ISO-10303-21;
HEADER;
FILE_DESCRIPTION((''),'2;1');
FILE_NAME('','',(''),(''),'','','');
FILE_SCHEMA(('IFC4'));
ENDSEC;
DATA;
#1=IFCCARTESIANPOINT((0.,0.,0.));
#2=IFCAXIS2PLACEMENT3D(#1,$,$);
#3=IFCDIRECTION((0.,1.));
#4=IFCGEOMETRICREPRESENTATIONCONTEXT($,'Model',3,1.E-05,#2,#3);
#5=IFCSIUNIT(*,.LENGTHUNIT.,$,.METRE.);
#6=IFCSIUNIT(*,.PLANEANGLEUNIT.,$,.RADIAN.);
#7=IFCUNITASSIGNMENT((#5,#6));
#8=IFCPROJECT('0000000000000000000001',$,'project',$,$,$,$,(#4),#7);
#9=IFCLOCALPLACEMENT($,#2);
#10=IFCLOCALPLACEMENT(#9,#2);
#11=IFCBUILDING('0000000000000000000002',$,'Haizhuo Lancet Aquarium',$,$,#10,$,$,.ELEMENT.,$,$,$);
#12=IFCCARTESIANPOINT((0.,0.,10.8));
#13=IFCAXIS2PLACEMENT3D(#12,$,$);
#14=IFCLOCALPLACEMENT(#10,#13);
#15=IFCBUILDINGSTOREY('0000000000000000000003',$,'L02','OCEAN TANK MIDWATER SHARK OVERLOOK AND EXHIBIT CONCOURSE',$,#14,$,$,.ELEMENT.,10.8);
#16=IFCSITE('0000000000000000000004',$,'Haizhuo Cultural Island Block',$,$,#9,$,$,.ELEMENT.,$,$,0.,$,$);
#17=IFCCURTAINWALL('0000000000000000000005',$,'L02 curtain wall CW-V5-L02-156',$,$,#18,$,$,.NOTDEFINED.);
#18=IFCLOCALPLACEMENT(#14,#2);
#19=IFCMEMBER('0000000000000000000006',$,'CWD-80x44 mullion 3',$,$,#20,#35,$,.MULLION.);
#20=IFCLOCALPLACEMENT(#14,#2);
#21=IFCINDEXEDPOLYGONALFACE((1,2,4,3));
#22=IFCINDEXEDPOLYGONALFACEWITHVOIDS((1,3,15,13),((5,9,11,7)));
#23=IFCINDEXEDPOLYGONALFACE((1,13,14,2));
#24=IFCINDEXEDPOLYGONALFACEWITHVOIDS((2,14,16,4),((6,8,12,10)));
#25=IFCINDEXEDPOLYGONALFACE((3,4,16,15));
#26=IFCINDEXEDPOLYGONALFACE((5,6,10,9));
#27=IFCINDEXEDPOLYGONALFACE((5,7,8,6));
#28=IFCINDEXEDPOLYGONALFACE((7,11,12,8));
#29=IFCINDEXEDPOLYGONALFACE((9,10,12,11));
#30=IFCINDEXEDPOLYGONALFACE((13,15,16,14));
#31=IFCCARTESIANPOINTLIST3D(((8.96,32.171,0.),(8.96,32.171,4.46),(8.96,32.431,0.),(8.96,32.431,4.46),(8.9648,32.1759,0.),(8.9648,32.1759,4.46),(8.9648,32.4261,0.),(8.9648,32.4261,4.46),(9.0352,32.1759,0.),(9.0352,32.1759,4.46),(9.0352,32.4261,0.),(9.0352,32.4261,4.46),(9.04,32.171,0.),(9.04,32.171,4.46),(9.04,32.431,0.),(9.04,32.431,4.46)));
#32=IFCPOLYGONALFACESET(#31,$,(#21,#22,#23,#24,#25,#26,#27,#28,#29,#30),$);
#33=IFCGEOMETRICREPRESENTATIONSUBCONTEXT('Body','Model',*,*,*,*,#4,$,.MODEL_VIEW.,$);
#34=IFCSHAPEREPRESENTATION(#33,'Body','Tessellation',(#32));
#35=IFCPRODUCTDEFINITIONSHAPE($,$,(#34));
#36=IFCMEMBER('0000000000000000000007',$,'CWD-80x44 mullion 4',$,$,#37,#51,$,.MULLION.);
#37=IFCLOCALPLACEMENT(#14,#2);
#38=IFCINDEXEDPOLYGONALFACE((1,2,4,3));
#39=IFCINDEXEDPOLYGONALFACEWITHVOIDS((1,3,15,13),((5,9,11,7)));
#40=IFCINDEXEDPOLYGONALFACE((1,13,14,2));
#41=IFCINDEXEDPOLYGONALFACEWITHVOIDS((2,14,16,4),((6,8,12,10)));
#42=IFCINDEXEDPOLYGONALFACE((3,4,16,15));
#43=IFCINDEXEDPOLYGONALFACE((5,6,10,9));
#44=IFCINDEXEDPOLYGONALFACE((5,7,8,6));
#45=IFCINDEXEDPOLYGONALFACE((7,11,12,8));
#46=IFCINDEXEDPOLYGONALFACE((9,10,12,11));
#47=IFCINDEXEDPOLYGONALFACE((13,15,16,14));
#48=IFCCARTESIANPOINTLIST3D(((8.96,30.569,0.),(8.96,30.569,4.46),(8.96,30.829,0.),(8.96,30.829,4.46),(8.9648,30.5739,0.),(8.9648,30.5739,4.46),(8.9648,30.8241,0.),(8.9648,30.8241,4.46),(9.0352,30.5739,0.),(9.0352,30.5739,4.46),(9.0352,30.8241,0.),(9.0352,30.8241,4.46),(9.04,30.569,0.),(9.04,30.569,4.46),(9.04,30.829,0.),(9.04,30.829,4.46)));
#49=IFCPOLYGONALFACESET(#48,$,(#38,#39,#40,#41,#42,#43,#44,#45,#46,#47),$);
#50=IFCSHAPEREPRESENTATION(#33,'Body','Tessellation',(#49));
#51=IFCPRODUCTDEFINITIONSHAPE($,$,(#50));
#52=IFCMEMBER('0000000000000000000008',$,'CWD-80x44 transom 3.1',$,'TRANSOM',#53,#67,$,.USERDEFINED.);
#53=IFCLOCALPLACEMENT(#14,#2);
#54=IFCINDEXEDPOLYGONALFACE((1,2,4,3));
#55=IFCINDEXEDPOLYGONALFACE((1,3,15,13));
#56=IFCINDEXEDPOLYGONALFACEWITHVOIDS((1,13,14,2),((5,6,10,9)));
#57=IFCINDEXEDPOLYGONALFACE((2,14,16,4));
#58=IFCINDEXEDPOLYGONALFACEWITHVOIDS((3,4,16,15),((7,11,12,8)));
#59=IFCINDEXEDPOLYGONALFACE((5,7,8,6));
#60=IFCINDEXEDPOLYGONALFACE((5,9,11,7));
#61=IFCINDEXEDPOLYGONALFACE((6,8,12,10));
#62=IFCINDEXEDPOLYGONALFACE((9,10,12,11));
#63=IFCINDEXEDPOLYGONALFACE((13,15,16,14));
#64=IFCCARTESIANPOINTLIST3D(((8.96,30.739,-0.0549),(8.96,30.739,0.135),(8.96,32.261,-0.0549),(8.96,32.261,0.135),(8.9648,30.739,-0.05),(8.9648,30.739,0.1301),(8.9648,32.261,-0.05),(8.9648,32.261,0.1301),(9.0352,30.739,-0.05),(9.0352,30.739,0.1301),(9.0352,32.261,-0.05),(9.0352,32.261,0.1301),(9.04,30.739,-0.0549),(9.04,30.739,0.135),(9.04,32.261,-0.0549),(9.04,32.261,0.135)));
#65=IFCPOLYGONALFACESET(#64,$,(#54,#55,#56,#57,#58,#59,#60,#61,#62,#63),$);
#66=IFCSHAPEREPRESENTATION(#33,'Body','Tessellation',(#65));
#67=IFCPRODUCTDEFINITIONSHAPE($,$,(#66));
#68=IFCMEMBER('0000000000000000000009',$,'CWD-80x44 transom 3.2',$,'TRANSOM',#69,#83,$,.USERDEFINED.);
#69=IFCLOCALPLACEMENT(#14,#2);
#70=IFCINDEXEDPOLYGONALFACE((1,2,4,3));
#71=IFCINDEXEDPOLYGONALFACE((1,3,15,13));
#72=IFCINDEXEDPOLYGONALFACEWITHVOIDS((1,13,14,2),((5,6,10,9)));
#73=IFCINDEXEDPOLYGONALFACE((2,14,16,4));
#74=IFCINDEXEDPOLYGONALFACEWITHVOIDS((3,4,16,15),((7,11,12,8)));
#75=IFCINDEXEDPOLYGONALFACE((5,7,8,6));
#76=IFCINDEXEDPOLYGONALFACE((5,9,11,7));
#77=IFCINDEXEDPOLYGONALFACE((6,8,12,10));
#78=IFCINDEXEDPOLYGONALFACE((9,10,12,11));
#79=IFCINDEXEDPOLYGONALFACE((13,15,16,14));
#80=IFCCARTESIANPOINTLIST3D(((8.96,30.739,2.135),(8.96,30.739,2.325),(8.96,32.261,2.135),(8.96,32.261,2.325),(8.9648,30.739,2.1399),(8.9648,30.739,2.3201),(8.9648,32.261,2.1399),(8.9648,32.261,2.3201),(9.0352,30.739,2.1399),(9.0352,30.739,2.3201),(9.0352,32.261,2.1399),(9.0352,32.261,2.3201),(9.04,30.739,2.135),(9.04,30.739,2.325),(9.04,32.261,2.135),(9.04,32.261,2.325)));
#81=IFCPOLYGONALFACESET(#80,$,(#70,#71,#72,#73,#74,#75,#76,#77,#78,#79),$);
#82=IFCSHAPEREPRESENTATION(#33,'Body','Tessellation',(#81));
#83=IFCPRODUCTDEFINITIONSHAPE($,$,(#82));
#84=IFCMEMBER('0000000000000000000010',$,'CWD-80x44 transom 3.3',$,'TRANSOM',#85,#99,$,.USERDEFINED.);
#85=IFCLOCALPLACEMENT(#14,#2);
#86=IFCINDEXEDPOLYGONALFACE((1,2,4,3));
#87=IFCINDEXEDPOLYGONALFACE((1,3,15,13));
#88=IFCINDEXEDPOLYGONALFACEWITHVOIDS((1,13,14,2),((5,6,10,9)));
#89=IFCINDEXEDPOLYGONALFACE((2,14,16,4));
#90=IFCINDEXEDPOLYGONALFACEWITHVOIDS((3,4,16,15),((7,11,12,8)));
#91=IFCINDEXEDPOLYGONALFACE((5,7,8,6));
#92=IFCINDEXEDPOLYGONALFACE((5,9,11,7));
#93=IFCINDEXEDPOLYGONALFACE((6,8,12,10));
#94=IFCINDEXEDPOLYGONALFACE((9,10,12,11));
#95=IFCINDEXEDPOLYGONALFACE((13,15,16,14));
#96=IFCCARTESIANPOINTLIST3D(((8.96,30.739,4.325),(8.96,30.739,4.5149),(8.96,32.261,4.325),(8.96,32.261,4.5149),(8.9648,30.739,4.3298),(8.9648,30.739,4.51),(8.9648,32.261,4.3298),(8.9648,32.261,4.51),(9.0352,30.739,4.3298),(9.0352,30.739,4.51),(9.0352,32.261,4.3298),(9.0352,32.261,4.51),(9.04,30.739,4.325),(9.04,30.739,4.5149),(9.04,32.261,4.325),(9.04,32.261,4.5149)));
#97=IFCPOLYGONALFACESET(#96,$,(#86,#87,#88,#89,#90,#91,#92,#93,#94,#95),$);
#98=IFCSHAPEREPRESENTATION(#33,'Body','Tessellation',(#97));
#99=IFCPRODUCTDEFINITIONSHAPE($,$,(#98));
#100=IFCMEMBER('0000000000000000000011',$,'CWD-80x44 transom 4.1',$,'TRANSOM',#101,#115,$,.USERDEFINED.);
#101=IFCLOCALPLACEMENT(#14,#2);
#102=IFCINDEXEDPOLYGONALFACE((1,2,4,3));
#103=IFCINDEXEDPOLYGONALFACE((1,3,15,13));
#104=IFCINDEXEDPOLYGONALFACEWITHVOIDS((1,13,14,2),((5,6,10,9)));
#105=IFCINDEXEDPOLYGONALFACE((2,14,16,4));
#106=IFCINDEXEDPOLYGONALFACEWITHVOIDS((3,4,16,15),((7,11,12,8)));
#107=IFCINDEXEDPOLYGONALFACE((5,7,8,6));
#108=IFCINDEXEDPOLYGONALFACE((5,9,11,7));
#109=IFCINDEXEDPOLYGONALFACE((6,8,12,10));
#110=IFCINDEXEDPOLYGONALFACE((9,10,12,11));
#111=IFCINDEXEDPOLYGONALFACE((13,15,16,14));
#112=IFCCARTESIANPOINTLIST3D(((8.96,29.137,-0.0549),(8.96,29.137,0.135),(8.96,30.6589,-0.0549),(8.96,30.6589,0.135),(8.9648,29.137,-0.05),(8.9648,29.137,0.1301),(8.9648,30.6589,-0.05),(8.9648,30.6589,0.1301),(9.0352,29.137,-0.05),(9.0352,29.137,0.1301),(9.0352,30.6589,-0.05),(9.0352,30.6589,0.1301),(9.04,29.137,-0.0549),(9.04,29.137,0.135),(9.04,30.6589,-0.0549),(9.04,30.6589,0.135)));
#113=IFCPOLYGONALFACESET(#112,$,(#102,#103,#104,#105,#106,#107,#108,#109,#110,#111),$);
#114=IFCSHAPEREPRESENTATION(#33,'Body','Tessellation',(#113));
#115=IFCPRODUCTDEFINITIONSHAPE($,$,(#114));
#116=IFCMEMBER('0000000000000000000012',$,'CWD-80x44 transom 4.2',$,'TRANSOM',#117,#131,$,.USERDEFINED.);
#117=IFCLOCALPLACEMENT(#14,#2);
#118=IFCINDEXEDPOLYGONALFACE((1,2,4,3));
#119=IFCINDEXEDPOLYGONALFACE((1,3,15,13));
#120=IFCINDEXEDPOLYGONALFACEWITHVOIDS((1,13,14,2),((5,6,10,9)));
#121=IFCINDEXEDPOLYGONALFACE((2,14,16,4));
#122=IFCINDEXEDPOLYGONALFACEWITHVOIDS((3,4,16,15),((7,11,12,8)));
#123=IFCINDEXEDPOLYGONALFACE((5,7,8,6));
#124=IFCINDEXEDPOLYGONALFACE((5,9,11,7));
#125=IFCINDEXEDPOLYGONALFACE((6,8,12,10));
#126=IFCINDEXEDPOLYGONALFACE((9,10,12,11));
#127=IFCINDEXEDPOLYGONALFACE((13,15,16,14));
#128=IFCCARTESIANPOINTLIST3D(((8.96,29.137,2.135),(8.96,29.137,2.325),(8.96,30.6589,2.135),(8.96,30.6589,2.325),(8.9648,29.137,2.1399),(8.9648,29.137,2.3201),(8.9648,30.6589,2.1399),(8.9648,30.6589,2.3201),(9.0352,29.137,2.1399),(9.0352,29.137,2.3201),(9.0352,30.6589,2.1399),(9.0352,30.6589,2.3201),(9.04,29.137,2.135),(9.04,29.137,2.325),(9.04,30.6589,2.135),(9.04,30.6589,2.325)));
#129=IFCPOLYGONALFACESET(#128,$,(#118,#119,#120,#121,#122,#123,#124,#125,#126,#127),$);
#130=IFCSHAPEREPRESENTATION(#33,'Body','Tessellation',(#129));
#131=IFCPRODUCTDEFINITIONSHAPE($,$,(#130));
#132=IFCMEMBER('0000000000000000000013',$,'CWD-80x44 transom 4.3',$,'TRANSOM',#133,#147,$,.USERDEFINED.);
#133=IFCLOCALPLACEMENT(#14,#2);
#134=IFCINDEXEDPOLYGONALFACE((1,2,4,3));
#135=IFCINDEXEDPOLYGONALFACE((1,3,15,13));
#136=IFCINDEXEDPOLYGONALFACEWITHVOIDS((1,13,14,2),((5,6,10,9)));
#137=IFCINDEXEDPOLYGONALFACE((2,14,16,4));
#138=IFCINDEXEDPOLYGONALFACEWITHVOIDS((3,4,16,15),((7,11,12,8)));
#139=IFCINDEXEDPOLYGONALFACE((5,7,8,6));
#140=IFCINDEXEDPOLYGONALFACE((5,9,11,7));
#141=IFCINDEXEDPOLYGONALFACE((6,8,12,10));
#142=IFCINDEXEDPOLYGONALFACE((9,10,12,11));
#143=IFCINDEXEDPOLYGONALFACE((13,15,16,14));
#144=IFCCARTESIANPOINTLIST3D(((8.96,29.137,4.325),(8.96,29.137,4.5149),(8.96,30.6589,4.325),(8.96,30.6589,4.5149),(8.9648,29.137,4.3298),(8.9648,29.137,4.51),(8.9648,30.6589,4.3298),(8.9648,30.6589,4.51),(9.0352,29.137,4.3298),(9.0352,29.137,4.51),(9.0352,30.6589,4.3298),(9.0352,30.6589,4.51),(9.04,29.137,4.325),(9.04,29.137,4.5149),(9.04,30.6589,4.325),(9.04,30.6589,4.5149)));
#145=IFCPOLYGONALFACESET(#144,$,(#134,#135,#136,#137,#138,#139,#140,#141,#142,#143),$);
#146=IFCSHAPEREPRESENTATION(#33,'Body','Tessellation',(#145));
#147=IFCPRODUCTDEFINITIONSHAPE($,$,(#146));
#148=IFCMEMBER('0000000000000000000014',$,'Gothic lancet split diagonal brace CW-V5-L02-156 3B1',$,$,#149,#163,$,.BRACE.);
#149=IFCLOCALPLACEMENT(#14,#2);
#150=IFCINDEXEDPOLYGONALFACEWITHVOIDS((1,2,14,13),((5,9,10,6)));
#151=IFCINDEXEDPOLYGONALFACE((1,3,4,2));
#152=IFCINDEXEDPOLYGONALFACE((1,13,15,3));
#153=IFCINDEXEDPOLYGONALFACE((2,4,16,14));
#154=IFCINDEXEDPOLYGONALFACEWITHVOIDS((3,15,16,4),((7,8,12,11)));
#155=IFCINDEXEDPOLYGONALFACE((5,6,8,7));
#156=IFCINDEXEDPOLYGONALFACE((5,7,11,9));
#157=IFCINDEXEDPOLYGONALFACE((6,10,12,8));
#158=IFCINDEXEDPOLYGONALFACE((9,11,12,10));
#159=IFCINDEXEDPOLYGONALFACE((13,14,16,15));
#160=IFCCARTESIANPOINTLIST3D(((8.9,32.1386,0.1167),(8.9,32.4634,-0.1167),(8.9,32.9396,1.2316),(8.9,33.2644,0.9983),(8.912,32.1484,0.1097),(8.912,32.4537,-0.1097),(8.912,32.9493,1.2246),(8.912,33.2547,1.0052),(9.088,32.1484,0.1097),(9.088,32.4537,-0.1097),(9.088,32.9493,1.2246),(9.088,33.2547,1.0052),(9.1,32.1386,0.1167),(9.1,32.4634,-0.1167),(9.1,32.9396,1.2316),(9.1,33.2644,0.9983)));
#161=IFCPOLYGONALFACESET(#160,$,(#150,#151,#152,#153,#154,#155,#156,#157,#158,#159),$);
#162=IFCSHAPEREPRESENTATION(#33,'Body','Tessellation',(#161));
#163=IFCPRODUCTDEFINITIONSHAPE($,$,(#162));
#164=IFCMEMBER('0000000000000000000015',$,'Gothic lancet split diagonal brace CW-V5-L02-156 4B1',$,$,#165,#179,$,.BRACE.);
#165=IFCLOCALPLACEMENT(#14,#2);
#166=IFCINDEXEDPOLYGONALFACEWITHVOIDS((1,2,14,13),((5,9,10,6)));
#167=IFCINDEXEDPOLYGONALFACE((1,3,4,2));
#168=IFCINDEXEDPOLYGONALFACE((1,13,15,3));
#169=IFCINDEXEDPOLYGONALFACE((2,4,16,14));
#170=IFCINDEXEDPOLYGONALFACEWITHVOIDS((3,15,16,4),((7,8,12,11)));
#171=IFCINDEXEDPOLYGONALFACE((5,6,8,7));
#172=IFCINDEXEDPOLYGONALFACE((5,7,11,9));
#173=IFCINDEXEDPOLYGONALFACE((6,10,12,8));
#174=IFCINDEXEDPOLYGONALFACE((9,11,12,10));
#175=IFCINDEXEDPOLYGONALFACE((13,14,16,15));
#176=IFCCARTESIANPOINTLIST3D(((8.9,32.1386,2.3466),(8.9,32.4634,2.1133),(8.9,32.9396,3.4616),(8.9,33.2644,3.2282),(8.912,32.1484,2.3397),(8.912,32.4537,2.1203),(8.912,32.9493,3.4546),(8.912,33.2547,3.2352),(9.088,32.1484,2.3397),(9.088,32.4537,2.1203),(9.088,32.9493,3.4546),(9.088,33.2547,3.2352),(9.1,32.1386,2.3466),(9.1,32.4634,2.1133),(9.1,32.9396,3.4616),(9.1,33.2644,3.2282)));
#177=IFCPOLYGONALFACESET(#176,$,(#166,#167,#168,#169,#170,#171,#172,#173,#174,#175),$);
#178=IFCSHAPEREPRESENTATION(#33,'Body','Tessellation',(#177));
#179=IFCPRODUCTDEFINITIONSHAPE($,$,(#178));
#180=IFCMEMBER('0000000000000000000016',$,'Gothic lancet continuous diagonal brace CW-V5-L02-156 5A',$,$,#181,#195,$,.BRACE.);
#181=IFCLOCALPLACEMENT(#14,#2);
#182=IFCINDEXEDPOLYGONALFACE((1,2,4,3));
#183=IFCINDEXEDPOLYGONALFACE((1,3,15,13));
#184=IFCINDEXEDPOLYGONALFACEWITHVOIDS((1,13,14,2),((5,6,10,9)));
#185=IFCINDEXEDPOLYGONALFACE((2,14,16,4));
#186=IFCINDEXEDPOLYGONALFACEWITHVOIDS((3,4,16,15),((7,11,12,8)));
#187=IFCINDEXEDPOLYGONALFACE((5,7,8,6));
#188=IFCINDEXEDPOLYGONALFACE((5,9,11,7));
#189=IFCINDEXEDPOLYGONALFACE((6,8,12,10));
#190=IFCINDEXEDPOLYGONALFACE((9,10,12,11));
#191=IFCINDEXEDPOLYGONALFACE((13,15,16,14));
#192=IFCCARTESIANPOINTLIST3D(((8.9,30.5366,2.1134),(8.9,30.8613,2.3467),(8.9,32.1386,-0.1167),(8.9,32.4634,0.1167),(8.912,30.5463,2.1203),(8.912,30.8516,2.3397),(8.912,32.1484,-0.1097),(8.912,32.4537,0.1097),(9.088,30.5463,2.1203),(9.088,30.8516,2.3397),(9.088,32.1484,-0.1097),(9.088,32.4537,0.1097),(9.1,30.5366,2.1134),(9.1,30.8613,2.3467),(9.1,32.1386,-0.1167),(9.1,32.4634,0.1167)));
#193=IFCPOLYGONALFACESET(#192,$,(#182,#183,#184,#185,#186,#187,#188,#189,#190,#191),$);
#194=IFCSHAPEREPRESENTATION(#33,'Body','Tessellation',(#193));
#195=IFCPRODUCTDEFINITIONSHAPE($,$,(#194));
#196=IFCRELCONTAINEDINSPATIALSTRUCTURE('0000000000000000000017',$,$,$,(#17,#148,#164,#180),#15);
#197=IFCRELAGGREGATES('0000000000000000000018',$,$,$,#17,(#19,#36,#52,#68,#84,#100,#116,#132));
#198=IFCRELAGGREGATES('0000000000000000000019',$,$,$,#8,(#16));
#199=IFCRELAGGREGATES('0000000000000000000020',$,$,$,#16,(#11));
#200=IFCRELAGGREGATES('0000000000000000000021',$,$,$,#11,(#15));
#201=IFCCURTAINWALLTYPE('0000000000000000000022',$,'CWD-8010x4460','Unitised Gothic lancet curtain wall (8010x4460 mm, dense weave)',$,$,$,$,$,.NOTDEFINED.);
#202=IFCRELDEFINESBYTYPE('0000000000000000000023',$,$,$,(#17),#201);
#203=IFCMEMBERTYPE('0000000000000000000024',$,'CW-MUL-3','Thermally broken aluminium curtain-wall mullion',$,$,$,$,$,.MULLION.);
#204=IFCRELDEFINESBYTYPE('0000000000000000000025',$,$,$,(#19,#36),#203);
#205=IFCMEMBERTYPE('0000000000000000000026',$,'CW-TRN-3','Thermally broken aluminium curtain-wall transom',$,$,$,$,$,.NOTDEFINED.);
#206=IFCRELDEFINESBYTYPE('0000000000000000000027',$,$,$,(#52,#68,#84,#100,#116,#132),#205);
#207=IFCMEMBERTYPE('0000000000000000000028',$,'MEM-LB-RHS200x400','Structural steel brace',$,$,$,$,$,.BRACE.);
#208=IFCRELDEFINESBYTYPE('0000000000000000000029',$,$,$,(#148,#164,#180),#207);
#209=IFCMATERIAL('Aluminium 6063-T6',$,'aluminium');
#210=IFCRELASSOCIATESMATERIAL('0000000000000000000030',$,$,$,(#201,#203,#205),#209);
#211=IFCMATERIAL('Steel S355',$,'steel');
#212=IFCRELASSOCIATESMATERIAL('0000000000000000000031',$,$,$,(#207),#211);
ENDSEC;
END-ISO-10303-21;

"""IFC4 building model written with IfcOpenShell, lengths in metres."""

from ifc_helpers import new_model, si_unit, direction, frame, origin, origin_2d, place, context, subcontext, project, spatial, hollow_rectangle, extrude, material, material_profile, profile_set, type_object, element, aggregate, save


model = new_model("IFC4")

# Units and contexts
model_context = context("Model", 3, precision=1e-05, world=origin(), true_north=direction((0.0, 1.0)))
body_context = subcontext(model_context, "Body", "Model", "MODEL_VIEW")
ifc_project = project(units=[si_unit("LENGTHUNIT", "METRE"), si_unit("PLANEANGLEUNIT", "RADIAN")], contexts=[model_context])

# Site, building, storey
site_placement = place(None, origin())
site = spatial("IfcSite", under=ifc_project, at=site_placement, Name="Haizhuo Cultural Island Block", CompositionType="ELEMENT", RefElevation=0.0)
building_placement = place(site_placement, origin())
building = spatial("IfcBuilding", under=site, at=building_placement, Name="Haizhuo Lancet Aquarium", CompositionType="ELEMENT")
storey_placement = place(building_placement, frame((0.0, 0.0, 10.8)))
storey = spatial("IfcBuildingStorey", under=building, at=storey_placement, Name="L02", Description="OCEAN TANK MIDWATER SHARK OVERLOOK AND EXHIBIT CONCOURSE", CompositionType="ELEMENT", Elevation=10.8)

# Curtain wall, members
ifc_material_1 = material(Name="Aluminium 6063-T6", Category="aluminium")
curtain_wall_type = type_object("IfcCurtainWallType", Name="CWD-8010x4460", Description="Unitised Gothic lancet curtain wall (8010x4460 mm, dense weave)", PredefinedType="NOTDEFINED", material=ifc_material_1)
curtain_wall_placement = place(storey_placement, origin())
curtain_wall = element("IfcCurtainWall", 1, at=curtain_wall_placement, inside=storey, type_object=curtain_wall_type, Name="L02 curtain wall CW-V5-L02-156", PredefinedType="NOTDEFINED")
ifc_material_profile_1 = material_profile(ifc_material_1, hollow_rectangle(XDim=0.0801, YDim=0.26, WallThickness=0.0049, at=origin_2d()), Name="ALU-M 80x260x5")
ifc_profile_set_1 = profile_set([ifc_material_profile_1], Name="Aluminium 6063-T6")
member_type_1 = type_object("IfcMemberType", Name="CW-MUL-3", Description="Thermally broken aluminium curtain-wall mullion", PredefinedType="MULLION", material=ifc_profile_set_1)
member_1_placement = place(storey_placement, frame((9.0, 32.301, 0.0), z_axis=(0.0, 0.0, 1.0), x_axis=(1.0, 0.0, 0.0)))
member_1 = element("IfcMember", 2, at=member_1_placement, type_object=member_type_1, Name="CWD-80x44 mullion 3", PredefinedType="MULLION", context=body_context, shape_type="SweptSolid", body=[
    extrude(hollow_rectangle(XDim=0.0801, YDim=0.26, WallThickness=0.0049, at=origin_2d()), origin(), (0.0, 0.0, 1.0), 4.46),
])
member_2_placement = place(storey_placement, frame((9.0, 30.699, 0.0), z_axis=(0.0, 0.0, 1.0), x_axis=(1.0, 0.0, 0.0)))
member_2 = element("IfcMember", 3, at=member_2_placement, type_object=member_type_1, Name="CWD-80x44 mullion 4", PredefinedType="MULLION", context=body_context, shape_type="SweptSolid", body=[
    extrude(hollow_rectangle(XDim=0.0801, YDim=0.26, WallThickness=0.0049, at=origin_2d()), origin(), (0.0, 0.0, 1.0), 4.46),
])
ifc_material_profile_2 = material_profile(ifc_material_1, hollow_rectangle(XDim=0.0801, YDim=0.1899, WallThickness=0.0049, at=origin_2d()), Name="ALU-T 80x190x5")
ifc_profile_set_2 = profile_set([ifc_material_profile_2], Name="Aluminium 6063-T6")
member_type_2 = type_object("IfcMemberType", Name="CW-TRN-3", Description="Thermally broken aluminium curtain-wall transom", PredefinedType="NOTDEFINED", material=ifc_profile_set_2)
member_3_placement = place(storey_placement, frame((9.0, 32.261, 0.04), z_axis=(0.0, -1.0, 0.0), x_axis=(1.0, 0.0, 0.0)))
member_3 = element("IfcMember", 4, at=member_3_placement, type_object=member_type_2, Name="CWD-80x44 transom 3.1", ObjectType="TRANSOM", PredefinedType="USERDEFINED", context=body_context, shape_type="SweptSolid", body=[
    extrude(hollow_rectangle(XDim=0.0801, YDim=0.1899, WallThickness=0.0049, at=origin_2d()), origin(), (0.0, 0.0, 1.0), 1.522),
])
member_4_placement = place(storey_placement, frame((9.0, 32.261, 2.23), z_axis=(0.0, -1.0, 0.0), x_axis=(1.0, 0.0, 0.0)))
member_4 = element("IfcMember", 5, at=member_4_placement, type_object=member_type_2, Name="CWD-80x44 transom 3.2", ObjectType="TRANSOM", PredefinedType="USERDEFINED", context=body_context, shape_type="SweptSolid", body=[
    extrude(hollow_rectangle(XDim=0.0801, YDim=0.1899, WallThickness=0.0049, at=origin_2d()), origin(), (0.0, 0.0, 1.0), 1.522),
])
member_5_placement = place(storey_placement, frame((9.0, 32.261, 4.4199), z_axis=(0.0, -1.0, 0.0), x_axis=(1.0, 0.0, 0.0)))
member_5 = element("IfcMember", 6, at=member_5_placement, type_object=member_type_2, Name="CWD-80x44 transom 3.3", ObjectType="TRANSOM", PredefinedType="USERDEFINED", context=body_context, shape_type="SweptSolid", body=[
    extrude(hollow_rectangle(XDim=0.0801, YDim=0.1899, WallThickness=0.0049, at=origin_2d()), origin(), (0.0, 0.0, 1.0), 1.522),
])
member_6_placement = place(storey_placement, frame((9.0, 30.6589, 0.04), z_axis=(0.0, -1.0, 0.0), x_axis=(1.0, 0.0, 0.0)))
member_6 = element("IfcMember", 7, at=member_6_placement, type_object=member_type_2, Name="CWD-80x44 transom 4.1", ObjectType="TRANSOM", PredefinedType="USERDEFINED", context=body_context, shape_type="SweptSolid", body=[
    extrude(hollow_rectangle(XDim=0.0801, YDim=0.1899, WallThickness=0.0049, at=origin_2d()), origin(), (0.0, 0.0, 1.0), 1.522),
])
member_7_placement = place(storey_placement, frame((9.0, 30.6589, 2.23), z_axis=(0.0, -1.0, 0.0), x_axis=(1.0, 0.0, 0.0)))
member_7 = element("IfcMember", 8, at=member_7_placement, type_object=member_type_2, Name="CWD-80x44 transom 4.2", ObjectType="TRANSOM", PredefinedType="USERDEFINED", context=body_context, shape_type="SweptSolid", body=[
    extrude(hollow_rectangle(XDim=0.0801, YDim=0.1899, WallThickness=0.0049, at=origin_2d()), origin(), (0.0, 0.0, 1.0), 1.522),
])
member_8_placement = place(storey_placement, frame((9.0, 30.6589, 4.4199), z_axis=(0.0, -1.0, 0.0), x_axis=(1.0, 0.0, 0.0)))
member_8 = element("IfcMember", 9, at=member_8_placement, type_object=member_type_2, Name="CWD-80x44 transom 4.3", ObjectType="TRANSOM", PredefinedType="USERDEFINED", context=body_context, shape_type="SweptSolid", body=[
    extrude(hollow_rectangle(XDim=0.0801, YDim=0.1899, WallThickness=0.0049, at=origin_2d()), origin(), (0.0, 0.0, 1.0), 1.522),
])

# Members
ifc_material_2 = material(Name="Steel S355", Category="steel")
ifc_material_profile_3 = material_profile(ifc_material_2, hollow_rectangle(XDim=0.2, YDim=0.3999, WallThickness=0.012, at=origin_2d()), Name="RHS 200x400x12")
ifc_profile_set_3 = profile_set([ifc_material_profile_3], Name="Steel S355")
member_type_3 = type_object("IfcMemberType", Name="MEM-LB-RHS200x400", Description="Structural steel brace", PredefinedType="BRACE", material=ifc_profile_set_3)
for number, where, z_axis, x_axis, name in (
    (10, (9.0, 32.301, 0.0), (0.0, 0.583456, 0.812144), (-1.0, 0.0, 0.0), "Gothic lancet split diagonal brace CW-V5-L02-156 3B1"),
    (11, (9.0, 32.301, 2.23), (0.0, 0.583456, 0.812144), (-1.0, 0.0, 0.0), "Gothic lancet split diagonal brace CW-V5-L02-156 4B1"),
):
    element("IfcMember", number, at=place(storey_placement, frame(where, z_axis=z_axis, x_axis=x_axis)), inside=storey, type_object=member_type_3, Name=name, PredefinedType="BRACE", context=body_context, shape_type="SweptSolid", body=[
        extrude(hollow_rectangle(XDim=0.2, YDim=0.3999, WallThickness=0.012, at=origin_2d()), origin(), (0.0, 0.0, 1.0), 1.3728),
    ])
member_9_placement = place(storey_placement, frame((9.0, 32.301, 0.0), z_axis=(0.0, -0.583456, 0.812144), x_axis=(1.0, 0.0, 0.0)))
element("IfcMember", 12, at=member_9_placement, inside=storey, type_object=member_type_3, Name="Gothic lancet continuous diagonal brace CW-V5-L02-156 5A", PredefinedType="BRACE", context=body_context, shape_type="SweptSolid", body=[
    extrude(hollow_rectangle(XDim=0.2, YDim=0.3999, WallThickness=0.012, at=origin_2d()), origin(), (0.0, 0.0, 1.0), 2.7458),
])

aggregate(curtain_wall, [member_1, member_2, member_3, member_4, member_5, member_6, member_7, member_8])

save(model, "model.ifc")
